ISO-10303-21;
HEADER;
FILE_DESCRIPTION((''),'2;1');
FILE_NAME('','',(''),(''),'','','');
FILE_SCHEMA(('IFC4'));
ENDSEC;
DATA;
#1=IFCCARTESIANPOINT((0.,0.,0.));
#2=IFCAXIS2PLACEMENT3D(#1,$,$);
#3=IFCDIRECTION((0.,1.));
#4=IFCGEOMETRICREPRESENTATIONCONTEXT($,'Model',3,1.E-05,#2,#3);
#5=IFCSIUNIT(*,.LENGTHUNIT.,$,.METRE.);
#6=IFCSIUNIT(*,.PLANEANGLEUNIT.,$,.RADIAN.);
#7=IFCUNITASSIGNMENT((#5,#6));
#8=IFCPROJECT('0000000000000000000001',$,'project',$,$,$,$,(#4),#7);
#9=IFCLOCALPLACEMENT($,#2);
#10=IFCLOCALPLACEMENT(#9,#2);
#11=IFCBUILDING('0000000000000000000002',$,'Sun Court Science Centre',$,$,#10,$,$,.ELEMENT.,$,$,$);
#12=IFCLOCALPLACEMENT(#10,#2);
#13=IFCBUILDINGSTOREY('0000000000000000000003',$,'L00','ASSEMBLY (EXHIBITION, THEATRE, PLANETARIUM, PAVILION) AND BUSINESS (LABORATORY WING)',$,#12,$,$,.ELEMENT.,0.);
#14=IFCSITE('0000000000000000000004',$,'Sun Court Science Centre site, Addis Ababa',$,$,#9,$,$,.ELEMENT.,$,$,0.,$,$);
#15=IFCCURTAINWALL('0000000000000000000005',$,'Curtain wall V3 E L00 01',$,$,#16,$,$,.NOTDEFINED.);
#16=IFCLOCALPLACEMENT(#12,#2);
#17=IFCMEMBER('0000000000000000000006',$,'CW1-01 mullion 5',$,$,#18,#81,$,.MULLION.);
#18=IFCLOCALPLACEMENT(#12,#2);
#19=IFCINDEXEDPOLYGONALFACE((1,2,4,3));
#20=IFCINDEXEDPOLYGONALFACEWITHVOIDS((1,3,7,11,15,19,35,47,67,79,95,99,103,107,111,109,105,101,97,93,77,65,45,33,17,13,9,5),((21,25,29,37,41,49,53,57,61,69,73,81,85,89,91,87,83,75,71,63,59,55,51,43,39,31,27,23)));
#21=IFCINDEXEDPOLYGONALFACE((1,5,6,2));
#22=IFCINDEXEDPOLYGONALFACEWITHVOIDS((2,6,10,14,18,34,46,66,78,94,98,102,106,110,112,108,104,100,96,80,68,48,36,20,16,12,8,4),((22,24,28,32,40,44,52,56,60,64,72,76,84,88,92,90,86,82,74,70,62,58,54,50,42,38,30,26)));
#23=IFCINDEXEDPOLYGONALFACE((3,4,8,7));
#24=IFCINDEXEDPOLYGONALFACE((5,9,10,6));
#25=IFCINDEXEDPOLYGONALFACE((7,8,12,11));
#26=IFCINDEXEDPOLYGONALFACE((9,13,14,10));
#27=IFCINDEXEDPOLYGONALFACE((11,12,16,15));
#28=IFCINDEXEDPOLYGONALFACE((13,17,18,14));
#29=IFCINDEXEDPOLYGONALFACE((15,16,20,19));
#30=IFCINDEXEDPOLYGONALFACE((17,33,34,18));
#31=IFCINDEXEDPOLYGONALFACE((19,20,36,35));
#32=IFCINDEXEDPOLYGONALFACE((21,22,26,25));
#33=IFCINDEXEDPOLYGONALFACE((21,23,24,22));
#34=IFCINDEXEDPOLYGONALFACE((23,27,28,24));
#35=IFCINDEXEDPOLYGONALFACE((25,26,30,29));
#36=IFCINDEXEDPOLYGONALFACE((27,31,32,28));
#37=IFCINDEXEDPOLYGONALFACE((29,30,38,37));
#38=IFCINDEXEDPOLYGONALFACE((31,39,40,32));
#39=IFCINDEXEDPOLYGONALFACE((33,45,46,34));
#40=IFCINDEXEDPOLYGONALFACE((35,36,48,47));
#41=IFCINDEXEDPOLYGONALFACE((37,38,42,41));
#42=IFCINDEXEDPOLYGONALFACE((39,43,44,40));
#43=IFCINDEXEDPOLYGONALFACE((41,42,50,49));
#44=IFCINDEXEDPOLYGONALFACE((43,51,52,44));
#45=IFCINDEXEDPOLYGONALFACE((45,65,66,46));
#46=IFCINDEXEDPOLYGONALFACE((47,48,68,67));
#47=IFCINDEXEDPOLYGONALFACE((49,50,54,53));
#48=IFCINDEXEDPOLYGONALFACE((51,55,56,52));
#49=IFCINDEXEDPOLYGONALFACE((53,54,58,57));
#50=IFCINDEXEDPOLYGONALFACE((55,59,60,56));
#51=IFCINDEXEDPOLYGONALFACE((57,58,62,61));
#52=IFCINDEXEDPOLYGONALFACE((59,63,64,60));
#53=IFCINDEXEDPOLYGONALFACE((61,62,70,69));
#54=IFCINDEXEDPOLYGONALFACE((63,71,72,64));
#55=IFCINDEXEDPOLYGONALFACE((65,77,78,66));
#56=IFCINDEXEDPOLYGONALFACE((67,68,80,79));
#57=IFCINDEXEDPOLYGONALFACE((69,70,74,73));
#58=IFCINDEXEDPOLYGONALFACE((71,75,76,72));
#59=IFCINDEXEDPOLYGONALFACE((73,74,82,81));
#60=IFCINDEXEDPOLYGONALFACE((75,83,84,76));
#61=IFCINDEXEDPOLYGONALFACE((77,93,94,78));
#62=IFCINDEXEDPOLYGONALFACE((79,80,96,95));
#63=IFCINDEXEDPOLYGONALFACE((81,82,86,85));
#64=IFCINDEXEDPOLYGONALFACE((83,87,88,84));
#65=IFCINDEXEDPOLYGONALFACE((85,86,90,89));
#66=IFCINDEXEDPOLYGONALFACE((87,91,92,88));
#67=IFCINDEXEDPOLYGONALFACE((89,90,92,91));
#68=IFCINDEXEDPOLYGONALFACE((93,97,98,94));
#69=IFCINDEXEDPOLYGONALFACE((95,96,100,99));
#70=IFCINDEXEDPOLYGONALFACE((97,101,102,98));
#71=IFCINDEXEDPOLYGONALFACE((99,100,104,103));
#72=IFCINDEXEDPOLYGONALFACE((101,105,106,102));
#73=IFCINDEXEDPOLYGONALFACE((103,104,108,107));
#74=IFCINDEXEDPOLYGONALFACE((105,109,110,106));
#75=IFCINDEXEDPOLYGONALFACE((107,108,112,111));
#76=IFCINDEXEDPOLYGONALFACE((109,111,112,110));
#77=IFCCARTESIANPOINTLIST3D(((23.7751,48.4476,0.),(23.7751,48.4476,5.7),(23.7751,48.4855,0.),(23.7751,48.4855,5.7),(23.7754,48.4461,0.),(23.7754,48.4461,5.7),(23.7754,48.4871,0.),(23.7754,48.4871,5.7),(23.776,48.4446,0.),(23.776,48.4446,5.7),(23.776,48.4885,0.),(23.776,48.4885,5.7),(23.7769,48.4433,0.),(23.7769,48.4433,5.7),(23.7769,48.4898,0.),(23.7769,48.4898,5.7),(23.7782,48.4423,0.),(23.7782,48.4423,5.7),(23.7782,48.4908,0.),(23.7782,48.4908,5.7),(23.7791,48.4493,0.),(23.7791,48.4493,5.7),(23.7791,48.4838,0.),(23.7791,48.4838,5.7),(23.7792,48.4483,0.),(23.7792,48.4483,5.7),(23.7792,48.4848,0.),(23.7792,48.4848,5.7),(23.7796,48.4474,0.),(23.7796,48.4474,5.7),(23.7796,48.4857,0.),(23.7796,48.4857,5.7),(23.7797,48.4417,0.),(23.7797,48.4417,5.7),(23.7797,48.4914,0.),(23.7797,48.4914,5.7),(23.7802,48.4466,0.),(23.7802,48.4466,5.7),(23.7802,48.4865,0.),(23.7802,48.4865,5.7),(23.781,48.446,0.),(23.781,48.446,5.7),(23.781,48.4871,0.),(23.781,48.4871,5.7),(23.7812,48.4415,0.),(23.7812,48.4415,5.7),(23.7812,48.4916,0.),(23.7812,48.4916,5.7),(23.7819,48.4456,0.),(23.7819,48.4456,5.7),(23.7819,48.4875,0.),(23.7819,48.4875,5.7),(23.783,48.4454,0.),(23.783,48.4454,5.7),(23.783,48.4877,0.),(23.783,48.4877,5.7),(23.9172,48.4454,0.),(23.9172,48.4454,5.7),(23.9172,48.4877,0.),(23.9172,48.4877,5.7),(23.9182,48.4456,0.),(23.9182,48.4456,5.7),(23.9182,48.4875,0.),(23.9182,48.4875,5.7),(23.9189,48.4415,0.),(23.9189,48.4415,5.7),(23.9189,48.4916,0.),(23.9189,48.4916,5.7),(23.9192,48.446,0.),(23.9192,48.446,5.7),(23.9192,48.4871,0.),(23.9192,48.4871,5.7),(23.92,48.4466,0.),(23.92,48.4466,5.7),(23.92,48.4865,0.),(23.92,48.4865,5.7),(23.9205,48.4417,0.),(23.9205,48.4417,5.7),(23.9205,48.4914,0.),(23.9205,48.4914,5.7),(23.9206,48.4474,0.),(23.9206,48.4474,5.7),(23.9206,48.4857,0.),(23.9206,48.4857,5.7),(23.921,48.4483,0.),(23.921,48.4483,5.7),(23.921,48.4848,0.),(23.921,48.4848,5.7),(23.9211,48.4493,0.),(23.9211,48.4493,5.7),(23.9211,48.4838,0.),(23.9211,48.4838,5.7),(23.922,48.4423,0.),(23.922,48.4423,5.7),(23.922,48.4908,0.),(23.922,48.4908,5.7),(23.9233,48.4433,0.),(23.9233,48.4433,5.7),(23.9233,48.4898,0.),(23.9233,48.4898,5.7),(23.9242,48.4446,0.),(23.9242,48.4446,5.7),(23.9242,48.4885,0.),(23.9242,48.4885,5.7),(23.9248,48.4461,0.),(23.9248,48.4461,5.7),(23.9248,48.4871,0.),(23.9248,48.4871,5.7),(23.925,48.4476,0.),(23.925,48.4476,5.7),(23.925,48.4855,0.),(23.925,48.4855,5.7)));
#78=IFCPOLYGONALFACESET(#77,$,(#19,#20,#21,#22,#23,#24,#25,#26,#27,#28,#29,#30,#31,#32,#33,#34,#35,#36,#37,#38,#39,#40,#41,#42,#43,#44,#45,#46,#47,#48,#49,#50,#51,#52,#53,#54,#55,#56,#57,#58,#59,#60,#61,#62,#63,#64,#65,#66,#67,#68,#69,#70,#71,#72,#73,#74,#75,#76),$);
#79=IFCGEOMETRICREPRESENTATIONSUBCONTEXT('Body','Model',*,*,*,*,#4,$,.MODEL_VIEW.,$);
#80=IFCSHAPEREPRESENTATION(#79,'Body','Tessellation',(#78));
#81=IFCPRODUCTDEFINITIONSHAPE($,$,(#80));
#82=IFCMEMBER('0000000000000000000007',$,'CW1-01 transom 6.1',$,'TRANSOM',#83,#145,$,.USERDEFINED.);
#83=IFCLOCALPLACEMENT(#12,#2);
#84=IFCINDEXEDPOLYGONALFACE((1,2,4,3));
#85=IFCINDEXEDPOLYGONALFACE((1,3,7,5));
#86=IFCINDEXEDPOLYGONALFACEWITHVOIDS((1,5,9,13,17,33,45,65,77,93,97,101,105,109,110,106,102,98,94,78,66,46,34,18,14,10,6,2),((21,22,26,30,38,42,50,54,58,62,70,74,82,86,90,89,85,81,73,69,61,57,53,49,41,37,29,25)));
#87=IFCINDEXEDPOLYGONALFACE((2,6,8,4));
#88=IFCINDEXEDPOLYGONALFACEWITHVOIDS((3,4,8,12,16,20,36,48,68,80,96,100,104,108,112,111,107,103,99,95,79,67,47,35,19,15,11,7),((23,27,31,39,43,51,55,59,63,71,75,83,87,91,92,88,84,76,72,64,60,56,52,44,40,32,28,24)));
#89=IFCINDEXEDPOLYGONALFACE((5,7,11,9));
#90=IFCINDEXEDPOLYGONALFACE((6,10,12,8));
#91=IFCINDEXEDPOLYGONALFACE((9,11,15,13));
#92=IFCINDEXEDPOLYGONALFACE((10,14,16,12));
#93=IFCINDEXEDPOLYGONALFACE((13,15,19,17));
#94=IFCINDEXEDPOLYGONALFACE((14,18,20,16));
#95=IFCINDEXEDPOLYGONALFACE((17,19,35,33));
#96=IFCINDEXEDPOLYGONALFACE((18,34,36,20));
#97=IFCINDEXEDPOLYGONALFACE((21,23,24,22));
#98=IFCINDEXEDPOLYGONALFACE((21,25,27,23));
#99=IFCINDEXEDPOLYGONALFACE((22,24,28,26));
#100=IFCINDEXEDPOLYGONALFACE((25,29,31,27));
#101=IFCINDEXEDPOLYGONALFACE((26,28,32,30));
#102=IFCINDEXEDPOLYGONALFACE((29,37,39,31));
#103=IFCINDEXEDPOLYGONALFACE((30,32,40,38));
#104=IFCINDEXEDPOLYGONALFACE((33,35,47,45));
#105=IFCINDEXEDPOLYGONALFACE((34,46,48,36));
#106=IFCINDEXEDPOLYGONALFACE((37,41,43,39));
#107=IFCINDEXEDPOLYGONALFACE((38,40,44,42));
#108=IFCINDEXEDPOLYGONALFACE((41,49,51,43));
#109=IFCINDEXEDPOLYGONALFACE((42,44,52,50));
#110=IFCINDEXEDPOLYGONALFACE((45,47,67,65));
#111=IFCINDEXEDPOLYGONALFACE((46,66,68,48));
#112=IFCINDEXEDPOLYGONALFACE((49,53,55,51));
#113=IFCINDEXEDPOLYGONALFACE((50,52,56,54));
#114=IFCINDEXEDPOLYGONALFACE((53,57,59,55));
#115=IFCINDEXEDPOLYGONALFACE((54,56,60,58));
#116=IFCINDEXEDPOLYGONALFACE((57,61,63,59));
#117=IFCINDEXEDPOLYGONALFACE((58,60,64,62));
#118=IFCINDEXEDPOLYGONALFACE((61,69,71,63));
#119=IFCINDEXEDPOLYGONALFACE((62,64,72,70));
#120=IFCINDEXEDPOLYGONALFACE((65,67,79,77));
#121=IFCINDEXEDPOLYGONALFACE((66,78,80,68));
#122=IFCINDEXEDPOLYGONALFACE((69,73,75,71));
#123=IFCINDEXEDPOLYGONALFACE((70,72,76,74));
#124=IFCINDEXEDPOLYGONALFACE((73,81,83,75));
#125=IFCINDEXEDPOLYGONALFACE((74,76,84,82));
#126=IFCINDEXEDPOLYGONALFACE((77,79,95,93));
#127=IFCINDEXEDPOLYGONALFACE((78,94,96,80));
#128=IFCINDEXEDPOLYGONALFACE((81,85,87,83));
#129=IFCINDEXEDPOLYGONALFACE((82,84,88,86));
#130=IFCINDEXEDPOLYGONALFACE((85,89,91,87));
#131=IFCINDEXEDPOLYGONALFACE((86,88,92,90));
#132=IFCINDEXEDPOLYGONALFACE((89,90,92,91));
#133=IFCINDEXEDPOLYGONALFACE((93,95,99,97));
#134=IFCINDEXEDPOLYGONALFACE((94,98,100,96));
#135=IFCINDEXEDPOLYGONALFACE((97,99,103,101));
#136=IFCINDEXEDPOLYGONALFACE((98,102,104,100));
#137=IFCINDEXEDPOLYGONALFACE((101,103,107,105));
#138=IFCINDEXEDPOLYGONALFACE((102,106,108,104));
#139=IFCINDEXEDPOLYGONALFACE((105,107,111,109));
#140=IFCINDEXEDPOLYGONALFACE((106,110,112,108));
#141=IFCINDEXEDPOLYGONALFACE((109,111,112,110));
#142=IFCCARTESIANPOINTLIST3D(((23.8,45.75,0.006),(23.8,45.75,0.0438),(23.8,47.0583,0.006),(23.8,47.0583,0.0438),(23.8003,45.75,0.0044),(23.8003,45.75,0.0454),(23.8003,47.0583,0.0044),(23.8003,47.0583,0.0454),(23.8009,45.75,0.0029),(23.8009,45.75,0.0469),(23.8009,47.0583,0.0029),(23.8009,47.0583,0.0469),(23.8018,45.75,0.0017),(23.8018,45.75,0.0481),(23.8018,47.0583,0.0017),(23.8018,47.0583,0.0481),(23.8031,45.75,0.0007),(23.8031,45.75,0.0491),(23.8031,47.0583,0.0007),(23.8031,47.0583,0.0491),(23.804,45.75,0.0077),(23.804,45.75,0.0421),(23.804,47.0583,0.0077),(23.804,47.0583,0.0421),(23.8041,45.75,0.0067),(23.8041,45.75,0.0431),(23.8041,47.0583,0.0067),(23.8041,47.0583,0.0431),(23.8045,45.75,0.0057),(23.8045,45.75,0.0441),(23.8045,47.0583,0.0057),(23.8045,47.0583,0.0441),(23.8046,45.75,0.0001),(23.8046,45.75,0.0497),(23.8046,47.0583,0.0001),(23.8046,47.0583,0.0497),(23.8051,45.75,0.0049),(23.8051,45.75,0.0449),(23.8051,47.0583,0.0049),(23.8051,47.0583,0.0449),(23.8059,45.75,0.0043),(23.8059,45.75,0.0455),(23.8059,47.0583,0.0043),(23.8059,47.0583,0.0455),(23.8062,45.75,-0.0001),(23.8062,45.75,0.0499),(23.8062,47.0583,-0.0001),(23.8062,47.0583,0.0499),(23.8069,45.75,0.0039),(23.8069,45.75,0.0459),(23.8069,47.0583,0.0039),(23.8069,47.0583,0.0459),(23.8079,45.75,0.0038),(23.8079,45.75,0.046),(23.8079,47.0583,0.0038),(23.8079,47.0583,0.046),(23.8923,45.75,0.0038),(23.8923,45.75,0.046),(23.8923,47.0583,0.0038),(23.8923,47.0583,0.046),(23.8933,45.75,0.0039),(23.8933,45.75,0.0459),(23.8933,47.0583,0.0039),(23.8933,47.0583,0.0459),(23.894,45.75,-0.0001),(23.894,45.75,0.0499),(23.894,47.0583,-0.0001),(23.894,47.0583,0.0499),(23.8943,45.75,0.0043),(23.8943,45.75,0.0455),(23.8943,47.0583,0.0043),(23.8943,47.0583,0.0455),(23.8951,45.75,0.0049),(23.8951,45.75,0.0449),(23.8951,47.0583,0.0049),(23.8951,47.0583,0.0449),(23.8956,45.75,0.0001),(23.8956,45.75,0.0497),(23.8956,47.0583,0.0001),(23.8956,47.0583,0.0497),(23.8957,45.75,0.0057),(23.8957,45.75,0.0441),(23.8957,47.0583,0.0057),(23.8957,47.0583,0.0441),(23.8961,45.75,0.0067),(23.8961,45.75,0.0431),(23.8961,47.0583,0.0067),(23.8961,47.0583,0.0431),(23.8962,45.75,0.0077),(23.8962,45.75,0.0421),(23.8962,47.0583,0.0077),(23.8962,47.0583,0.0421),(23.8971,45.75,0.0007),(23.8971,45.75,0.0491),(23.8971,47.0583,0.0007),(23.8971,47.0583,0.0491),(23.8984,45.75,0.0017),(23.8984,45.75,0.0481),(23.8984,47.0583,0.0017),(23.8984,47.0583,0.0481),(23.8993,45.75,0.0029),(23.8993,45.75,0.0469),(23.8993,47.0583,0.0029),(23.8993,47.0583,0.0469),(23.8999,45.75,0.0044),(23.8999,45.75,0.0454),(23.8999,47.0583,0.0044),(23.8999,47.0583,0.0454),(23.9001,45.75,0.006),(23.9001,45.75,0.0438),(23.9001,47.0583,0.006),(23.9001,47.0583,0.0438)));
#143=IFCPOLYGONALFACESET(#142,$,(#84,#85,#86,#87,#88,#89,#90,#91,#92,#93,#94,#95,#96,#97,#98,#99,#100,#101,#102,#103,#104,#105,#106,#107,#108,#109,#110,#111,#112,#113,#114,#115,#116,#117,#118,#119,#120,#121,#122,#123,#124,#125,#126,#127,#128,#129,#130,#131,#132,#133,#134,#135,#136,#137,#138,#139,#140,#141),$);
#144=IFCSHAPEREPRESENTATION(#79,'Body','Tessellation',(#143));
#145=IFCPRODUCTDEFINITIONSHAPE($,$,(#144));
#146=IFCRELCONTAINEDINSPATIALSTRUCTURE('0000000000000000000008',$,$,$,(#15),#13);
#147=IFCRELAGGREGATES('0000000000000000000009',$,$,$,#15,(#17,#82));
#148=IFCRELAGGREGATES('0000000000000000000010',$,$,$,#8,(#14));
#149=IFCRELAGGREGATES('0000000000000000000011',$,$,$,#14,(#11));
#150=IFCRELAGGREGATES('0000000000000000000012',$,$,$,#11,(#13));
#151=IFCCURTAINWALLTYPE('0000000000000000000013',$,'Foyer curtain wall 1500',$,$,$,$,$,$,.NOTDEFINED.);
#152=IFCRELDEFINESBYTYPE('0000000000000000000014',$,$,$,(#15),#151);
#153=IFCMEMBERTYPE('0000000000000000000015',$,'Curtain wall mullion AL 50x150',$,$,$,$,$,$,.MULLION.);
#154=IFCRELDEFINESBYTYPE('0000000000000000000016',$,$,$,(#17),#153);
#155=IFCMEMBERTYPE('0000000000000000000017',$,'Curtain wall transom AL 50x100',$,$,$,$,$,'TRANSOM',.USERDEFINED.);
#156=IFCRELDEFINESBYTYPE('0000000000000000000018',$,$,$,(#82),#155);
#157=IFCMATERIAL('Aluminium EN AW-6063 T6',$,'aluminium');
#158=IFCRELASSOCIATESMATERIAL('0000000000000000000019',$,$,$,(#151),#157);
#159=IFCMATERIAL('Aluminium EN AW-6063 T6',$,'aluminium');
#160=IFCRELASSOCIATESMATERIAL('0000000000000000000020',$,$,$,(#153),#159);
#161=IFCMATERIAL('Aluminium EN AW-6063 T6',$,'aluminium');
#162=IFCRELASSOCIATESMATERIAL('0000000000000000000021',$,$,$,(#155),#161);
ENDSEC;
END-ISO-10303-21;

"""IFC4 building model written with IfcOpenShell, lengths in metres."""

from ifc_helpers import new_model, si_unit, direction, frame, origin, origin_2d, place, context, subcontext, project, spatial, hollow_rectangle, extrude, material, material_profile, profile_set, type_object, element, aggregate, save


model = new_model("IFC4")

# Units and contexts
model_context = context("Model", 3, precision=1e-05, world=origin(), true_north=direction((0.0, 1.0)))
body_context = subcontext(model_context, "Body", "Model", "MODEL_VIEW")
ifc_project = project(units=[si_unit("LENGTHUNIT", "METRE"), si_unit("PLANEANGLEUNIT", "RADIAN")], contexts=[model_context])

# Site, building, storey
site_placement = place(None, origin())
site = spatial("IfcSite", under=ifc_project, at=site_placement, Name="Sun Court Science Centre site, Addis Ababa", CompositionType="ELEMENT", RefElevation=0.0)
building_placement = place(site_placement, origin())
building = spatial("IfcBuilding", under=site, at=building_placement, Name="Sun Court Science Centre", CompositionType="ELEMENT")
storey_placement = place(building_placement, origin())
storey = spatial("IfcBuildingStorey", under=building, at=storey_placement, Name="L00", Description="ASSEMBLY (EXHIBITION, THEATRE, PLANETARIUM, PAVILION) AND BUSINESS (LABORATORY WING)", CompositionType="ELEMENT", Elevation=0.0)

# Curtain wall, members
ifc_material_1 = material(Name="Aluminium EN AW-6063 T6", Category="aluminium")
curtain_wall_type = type_object("IfcCurtainWallType", Name="Foyer curtain wall 1500", PredefinedType="NOTDEFINED", material=ifc_material_1)
curtain_wall_placement = place(storey_placement, origin())
curtain_wall = element("IfcCurtainWall", 1, at=curtain_wall_placement, inside=storey, type_object=curtain_wall_type, Name="Curtain wall V3 E L00 01", PredefinedType="NOTDEFINED")
ifc_material_2 = material(Name="Aluminium EN AW-6063 T6", Category="aluminium")
ifc_material_profile_1 = material_profile(ifc_material_2, hollow_rectangle(XDim=0.05, YDim=0.1499, WallThickness=0.0039, InnerFilletRadius=0.0039, OuterFilletRadius=0.0061, at=origin_2d()), Name="AL 50x150x4")
ifc_profile_set_1 = profile_set([ifc_material_profile_1], Name="Aluminium EN AW-6063 T6")
member_type_1 = type_object("IfcMemberType", Name="Curtain wall mullion AL 50x150", PredefinedType="MULLION", material=ifc_profile_set_1)
member_1_placement = place(storey_placement, frame((23.8501, 48.4666, 0.0), z_axis=(0.0, 0.0, 1.0), x_axis=(0.0, -1.0, 0.0)))
member_1 = element("IfcMember", 2, at=member_1_placement, type_object=member_type_1, Name="CW1-01 mullion 5", PredefinedType="MULLION", context=body_context, shape_type="SweptSolid", body=[
    extrude(hollow_rectangle(XDim=0.05, YDim=0.1499, WallThickness=0.0039, InnerFilletRadius=0.0039, OuterFilletRadius=0.0061, at=origin_2d()), origin(), (0.0, 0.0, 1.0), 5.7),
])
ifc_material_3 = material(Name="Aluminium EN AW-6063 T6", Category="aluminium")
ifc_material_profile_2 = material_profile(ifc_material_3, hollow_rectangle(XDim=0.05, YDim=0.1001, WallThickness=0.0039, InnerFilletRadius=0.0039, OuterFilletRadius=0.0061, at=origin_2d()), Name="AL 50x100x4")
ifc_profile_set_2 = profile_set([ifc_material_profile_2], Name="Aluminium EN AW-6063 T6")
member_type_2 = type_object("IfcMemberType", Name="Curtain wall transom AL 50x100", ElementType="TRANSOM", PredefinedType="USERDEFINED", material=ifc_profile_set_2)
member_2_placement = place(storey_placement, frame((23.8501, 47.0583, 0.0249), z_axis=(0.0, -1.0, 0.0), x_axis=(0.0, 0.0, 1.0)))
member_2 = element("IfcMember", 3, at=member_2_placement, type_object=member_type_2, Name="CW1-01 transom 6.1", ObjectType="TRANSOM", PredefinedType="USERDEFINED", context=body_context, shape_type="SweptSolid", body=[
    extrude(hollow_rectangle(XDim=0.05, YDim=0.1001, WallThickness=0.0039, InnerFilletRadius=0.0039, OuterFilletRadius=0.0061, at=origin_2d()), origin(), (0.0, 0.0, 1.0), 1.3083),
])
aggregate(curtain_wall, [member_1, member_2])

save(model, "model.ifc")
